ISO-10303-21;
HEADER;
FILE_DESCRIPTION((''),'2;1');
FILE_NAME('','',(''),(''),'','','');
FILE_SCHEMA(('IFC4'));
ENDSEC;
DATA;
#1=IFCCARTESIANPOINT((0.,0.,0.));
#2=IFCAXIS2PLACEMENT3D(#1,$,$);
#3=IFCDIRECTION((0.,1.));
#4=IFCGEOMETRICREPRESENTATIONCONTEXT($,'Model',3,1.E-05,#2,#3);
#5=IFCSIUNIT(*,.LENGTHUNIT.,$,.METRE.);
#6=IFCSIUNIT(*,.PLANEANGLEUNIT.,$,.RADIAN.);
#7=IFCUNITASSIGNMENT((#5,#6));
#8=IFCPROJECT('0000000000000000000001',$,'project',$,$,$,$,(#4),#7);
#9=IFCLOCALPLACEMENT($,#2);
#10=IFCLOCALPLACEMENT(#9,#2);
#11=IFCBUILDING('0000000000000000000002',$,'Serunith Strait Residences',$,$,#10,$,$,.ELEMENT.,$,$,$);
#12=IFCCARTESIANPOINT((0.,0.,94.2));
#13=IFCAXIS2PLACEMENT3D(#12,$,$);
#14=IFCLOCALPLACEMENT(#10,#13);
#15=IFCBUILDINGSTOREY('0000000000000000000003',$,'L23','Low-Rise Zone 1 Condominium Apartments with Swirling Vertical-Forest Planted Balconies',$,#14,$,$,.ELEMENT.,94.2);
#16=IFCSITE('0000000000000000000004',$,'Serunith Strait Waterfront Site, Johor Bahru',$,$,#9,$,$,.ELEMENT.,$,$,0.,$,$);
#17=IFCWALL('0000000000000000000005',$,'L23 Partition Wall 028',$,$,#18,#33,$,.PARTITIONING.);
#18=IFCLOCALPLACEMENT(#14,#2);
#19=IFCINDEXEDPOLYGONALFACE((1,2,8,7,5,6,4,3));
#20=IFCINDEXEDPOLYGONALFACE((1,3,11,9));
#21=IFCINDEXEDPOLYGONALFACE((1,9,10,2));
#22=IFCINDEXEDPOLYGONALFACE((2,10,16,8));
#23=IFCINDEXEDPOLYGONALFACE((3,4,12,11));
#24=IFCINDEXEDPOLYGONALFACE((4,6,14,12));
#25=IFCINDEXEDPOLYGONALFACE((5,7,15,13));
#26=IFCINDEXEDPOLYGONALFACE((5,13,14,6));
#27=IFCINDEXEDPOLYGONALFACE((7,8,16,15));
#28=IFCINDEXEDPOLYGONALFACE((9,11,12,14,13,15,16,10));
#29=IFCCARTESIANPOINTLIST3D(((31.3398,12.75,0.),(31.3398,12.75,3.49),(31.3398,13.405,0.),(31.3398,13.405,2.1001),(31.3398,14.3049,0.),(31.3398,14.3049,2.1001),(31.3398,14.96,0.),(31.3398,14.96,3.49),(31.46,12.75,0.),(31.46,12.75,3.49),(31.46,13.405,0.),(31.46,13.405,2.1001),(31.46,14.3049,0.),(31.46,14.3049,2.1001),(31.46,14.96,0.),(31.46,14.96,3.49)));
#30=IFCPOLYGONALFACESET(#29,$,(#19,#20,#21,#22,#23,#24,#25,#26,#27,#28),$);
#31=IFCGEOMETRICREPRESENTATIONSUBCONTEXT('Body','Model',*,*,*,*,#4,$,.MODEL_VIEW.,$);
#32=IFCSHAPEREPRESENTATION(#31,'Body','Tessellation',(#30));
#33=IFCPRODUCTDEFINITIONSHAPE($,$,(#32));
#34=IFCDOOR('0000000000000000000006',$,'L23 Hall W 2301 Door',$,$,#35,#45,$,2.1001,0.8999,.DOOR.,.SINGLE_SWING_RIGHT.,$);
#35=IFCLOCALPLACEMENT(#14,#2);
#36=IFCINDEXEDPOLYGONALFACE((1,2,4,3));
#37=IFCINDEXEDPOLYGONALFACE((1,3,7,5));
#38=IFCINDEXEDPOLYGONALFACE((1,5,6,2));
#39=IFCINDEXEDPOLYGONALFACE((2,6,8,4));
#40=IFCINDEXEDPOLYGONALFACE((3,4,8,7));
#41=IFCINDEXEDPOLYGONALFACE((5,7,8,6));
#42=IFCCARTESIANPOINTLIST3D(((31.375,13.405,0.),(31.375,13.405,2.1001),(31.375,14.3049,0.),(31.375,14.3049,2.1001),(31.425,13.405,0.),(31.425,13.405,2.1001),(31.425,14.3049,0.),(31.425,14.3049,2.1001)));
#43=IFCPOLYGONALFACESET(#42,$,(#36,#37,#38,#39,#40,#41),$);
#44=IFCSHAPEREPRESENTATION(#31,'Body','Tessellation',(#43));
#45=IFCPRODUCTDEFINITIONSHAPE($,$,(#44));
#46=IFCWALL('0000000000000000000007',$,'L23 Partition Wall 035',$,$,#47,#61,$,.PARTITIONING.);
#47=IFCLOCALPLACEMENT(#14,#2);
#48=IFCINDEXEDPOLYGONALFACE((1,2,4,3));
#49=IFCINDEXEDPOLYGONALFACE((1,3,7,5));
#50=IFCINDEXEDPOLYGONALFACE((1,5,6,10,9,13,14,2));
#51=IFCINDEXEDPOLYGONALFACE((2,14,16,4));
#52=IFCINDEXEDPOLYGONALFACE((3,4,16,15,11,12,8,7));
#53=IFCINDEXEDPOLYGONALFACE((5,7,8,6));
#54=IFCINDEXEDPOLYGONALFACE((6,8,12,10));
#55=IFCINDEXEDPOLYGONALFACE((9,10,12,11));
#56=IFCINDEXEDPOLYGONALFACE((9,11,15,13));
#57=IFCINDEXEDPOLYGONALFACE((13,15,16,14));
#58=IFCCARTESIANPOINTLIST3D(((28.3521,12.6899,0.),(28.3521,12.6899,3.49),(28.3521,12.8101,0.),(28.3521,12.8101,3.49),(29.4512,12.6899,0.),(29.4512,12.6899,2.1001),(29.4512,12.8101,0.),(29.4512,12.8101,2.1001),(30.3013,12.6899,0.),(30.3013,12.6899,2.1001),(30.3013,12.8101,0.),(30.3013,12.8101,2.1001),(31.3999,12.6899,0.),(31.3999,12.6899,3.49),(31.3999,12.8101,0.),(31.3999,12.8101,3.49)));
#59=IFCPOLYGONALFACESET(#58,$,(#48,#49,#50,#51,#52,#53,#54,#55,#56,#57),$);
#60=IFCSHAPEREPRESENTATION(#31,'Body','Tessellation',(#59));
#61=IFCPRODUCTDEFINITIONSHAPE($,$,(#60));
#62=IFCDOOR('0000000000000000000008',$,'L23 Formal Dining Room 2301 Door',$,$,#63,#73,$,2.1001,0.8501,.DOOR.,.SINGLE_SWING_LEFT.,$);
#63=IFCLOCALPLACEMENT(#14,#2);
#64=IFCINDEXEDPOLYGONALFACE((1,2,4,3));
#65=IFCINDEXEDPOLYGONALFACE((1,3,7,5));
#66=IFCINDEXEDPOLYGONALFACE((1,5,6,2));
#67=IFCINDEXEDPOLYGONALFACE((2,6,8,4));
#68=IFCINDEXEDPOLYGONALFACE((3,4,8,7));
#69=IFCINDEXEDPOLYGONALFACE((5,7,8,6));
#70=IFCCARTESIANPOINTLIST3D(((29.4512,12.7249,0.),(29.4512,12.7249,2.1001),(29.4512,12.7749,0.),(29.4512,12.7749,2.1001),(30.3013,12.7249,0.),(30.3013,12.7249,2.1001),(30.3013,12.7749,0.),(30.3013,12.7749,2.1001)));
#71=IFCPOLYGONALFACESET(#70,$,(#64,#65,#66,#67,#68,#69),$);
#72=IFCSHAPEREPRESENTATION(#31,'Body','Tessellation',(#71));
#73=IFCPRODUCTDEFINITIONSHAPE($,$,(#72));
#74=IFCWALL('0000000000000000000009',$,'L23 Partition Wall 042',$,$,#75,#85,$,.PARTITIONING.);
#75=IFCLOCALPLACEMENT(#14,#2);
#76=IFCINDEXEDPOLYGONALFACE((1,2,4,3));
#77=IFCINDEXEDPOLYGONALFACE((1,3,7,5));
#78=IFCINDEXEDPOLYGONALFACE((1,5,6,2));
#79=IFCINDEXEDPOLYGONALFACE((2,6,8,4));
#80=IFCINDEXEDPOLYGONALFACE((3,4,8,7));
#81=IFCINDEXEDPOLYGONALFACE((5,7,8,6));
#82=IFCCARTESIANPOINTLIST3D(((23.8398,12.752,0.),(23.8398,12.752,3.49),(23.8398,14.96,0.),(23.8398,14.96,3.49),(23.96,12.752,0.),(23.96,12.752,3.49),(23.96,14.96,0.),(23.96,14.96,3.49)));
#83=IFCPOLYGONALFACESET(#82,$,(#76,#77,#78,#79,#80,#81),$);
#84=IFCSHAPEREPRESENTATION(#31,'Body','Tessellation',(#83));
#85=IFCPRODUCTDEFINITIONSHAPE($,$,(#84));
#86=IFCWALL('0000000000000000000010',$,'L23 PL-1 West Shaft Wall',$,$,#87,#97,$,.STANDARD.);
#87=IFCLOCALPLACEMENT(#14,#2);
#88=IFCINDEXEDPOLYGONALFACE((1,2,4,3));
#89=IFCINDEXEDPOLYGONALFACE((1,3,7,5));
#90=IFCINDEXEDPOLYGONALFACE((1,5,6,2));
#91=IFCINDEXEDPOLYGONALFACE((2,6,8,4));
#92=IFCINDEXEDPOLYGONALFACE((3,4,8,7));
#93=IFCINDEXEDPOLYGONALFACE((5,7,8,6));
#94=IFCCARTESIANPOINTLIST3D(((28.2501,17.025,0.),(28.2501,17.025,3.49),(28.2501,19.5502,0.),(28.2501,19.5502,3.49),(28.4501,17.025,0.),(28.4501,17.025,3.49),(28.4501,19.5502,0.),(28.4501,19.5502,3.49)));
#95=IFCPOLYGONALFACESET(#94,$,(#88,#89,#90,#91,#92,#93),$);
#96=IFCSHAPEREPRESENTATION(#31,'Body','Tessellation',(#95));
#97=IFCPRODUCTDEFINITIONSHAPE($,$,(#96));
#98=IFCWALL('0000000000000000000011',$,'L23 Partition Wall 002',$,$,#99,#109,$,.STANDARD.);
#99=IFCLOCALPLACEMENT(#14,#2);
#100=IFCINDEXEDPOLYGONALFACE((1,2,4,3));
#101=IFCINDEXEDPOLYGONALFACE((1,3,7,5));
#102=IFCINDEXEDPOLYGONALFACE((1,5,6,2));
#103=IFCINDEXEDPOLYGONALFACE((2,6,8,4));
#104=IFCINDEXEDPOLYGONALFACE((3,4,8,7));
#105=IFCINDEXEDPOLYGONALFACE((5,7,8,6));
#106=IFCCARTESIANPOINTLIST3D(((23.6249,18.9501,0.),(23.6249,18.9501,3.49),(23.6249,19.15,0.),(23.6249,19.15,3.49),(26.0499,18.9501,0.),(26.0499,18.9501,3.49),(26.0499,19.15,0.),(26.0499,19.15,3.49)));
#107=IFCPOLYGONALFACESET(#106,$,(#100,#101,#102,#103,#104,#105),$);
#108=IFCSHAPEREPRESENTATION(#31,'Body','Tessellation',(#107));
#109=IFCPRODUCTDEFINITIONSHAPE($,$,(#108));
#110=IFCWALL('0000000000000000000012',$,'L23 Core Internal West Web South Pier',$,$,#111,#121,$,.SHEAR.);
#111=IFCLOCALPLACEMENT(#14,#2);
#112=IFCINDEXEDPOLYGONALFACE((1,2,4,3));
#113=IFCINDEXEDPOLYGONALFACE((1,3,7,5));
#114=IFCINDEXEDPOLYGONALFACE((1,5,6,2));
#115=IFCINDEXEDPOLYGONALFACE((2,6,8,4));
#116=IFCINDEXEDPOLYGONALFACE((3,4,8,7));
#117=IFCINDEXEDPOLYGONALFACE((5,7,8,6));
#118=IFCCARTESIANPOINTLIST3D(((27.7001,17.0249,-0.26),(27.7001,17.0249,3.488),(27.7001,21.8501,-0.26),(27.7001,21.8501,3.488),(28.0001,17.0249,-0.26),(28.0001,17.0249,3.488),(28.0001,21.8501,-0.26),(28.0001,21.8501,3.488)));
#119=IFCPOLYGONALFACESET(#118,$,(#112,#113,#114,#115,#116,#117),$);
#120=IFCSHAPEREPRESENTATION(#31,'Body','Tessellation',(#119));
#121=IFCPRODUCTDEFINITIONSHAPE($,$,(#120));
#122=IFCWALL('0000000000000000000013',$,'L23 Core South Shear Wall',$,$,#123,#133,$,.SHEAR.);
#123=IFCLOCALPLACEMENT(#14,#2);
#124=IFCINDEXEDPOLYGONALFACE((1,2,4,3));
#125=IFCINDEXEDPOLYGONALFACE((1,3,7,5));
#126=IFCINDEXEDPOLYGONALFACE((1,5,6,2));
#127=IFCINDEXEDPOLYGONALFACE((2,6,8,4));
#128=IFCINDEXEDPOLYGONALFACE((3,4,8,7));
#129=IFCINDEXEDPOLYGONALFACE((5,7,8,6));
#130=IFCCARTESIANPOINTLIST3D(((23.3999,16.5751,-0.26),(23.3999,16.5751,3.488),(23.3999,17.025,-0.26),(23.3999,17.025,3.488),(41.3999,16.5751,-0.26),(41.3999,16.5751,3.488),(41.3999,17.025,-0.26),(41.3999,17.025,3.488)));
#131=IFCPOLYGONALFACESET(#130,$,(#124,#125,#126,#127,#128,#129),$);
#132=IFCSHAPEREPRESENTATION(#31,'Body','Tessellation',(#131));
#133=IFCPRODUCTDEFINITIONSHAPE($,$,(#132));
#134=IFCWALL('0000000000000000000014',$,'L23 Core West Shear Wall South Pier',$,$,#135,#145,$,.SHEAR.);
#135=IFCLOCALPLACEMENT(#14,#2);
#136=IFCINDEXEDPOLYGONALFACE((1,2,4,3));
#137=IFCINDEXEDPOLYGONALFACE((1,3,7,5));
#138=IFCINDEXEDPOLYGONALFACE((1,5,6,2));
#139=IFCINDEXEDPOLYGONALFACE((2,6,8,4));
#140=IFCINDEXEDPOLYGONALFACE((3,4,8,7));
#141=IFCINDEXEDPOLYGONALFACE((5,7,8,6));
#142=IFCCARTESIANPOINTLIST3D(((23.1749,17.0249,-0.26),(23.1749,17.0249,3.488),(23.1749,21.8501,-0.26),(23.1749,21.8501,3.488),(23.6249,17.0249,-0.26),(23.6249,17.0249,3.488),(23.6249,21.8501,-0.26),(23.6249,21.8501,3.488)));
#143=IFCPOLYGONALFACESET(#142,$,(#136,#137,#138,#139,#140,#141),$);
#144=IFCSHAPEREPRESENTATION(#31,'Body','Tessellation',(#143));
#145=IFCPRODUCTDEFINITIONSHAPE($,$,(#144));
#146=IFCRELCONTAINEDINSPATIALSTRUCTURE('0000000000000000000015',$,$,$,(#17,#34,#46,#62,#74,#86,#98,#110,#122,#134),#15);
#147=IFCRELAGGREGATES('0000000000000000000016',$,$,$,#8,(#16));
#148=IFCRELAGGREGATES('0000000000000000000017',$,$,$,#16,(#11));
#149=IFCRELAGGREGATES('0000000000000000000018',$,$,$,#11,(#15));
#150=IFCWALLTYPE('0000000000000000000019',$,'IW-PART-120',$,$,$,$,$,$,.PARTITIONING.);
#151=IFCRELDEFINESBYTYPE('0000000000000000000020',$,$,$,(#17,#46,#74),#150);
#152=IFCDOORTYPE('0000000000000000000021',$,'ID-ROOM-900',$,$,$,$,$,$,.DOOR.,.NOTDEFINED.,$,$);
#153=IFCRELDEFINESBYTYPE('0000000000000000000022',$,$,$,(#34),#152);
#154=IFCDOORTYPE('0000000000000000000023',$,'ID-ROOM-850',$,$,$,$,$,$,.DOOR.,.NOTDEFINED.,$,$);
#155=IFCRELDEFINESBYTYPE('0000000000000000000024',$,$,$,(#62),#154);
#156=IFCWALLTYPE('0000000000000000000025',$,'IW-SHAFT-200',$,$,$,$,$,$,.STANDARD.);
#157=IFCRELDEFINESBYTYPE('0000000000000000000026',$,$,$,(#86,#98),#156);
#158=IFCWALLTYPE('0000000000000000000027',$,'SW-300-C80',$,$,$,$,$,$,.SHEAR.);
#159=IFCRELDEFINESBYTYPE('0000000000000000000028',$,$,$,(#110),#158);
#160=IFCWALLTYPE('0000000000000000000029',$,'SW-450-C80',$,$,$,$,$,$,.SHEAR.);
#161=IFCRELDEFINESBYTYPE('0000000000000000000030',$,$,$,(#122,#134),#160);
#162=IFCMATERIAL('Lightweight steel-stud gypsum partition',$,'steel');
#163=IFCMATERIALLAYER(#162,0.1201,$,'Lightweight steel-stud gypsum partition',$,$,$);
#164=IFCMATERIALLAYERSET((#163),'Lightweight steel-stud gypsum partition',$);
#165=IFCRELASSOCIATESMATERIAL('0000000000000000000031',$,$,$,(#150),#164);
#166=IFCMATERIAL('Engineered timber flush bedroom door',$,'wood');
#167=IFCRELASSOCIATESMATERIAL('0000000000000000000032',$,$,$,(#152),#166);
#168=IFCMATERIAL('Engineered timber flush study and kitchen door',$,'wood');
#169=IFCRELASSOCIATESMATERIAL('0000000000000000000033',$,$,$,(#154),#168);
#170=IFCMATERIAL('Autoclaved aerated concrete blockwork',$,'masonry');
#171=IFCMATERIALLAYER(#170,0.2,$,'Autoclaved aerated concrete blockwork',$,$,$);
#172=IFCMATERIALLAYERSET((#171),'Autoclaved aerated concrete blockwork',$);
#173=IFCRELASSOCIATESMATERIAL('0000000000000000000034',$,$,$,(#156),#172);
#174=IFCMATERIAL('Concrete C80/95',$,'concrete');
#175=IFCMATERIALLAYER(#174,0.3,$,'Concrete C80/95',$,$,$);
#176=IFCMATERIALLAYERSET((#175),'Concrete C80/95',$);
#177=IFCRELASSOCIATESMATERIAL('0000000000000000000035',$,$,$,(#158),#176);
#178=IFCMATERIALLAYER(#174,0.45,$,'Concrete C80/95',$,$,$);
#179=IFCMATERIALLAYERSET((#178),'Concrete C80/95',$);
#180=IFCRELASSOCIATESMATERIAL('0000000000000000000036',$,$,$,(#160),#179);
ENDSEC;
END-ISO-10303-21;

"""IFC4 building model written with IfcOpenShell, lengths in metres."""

from ifc_helpers import new_model, si_unit, direction, frame, frame_2d, origin, place, context, subcontext, project, spatial, rectangle, extrude, source, transform, mapped, material, layer, layer_set, type_object, element, fill, save


model = new_model("IFC4")

# Units and contexts
model_context = context("Model", 3, precision=1e-05, world=origin(), true_north=direction((0.0, 1.0)))
body_context = subcontext(model_context, "Body", "Model", "MODEL_VIEW")
ifc_project = project(units=[si_unit("LENGTHUNIT", "METRE"), si_unit("PLANEANGLEUNIT", "RADIAN")], contexts=[model_context])

# Site, building, storey
site_placement = place(None, origin())
site = spatial("IfcSite", under=ifc_project, at=site_placement, Name="Serunith Strait Waterfront Site, Johor Bahru", CompositionType="ELEMENT", RefElevation=0.0)
building_placement = place(site_placement, origin())
building = spatial("IfcBuilding", under=site, at=building_placement, Name="Serunith Strait Residences", CompositionType="ELEMENT")
storey_placement = place(building_placement, frame((0.0, 0.0, 94.2)))
storey = spatial("IfcBuildingStorey", under=building, at=storey_placement, Name="L23", Description="Low-Rise Zone 1 Condominium Apartments with Swirling Vertical-Forest Planted Balconies", CompositionType="ELEMENT", Elevation=94.2)

# Walls, openings, doors
ifc_material_1 = material(Name="Lightweight steel-stud gypsum partition", Category="steel")
ifc_layer_1 = layer(ifc_material_1, 0.1201, Name="Lightweight steel-stud gypsum partition")
ifc_layer_set_1 = layer_set([ifc_layer_1], Name="Lightweight steel-stud gypsum partition")
wall_type_1 = type_object("IfcWallType", Name="IW-PART-120", PredefinedType="PARTITIONING", material=ifc_layer_set_1)
wall_1_placement = place(storey_placement, frame((31.3999, 12.75, 0.0), z_axis=(0.0, 0.0, 1.0), x_axis=(0.0, 1.0, 0.0)))
wall_1 = element("IfcWall", 1, at=wall_1_placement, inside=storey, type_object=wall_type_1, Name="L23 Partition Wall 028", PredefinedType="PARTITIONING", context=body_context, shape_type="SweptSolid", body=[
    extrude(rectangle(XDim=2.21, YDim=0.1201, at=frame_2d((1.105, 0.0))), origin(), (0.0, 0.0, 1.0), 3.49),
])
opening_1_placement = place(wall_1_placement, frame((0.655, 0.0, 0.0)))
opening_1 = element("IfcOpeningElement", 2, at=opening_1_placement, cuts=wall_1, PredefinedType="OPENING", context=body_context, shape_type="SweptSolid", body=[
    extrude(rectangle(XDim=0.8999, YDim=2.1001, at=frame_2d((0.45, 1.05))), frame((0.0, 0.0701, 0.0), z_axis=(0.0, -1.0, 0.0), x_axis=(1.0, 0.0, 0.0)), (0.0, 0.0, 1.0), 0.1401),
])
ifc_material_2 = material(Name="Engineered timber flush bedroom door", Category="wood")
door_type_1 = type_object("IfcDoorType", Name="ID-ROOM-900", OperationType="NOTDEFINED", PredefinedType="DOOR", material=ifc_material_2)
shared_shape_1 = source(origin(), body_context, "Body", "SweptSolid", [
    extrude(rectangle(XDim=0.8999, YDim=2.1001, at=frame_2d((0.45, 1.05))), frame((0.0, 0.0249, 0.0), z_axis=(0.0, -1.0, 0.0), x_axis=(1.0, 0.0, 0.0)), (0.0, 0.0, 1.0), 0.05),
])
door_1_placement = place(opening_1_placement, origin())
door_1 = element("IfcDoor", 3, at=door_1_placement, inside=storey, type_object=door_type_1, Name="L23 Hall W 2301 Door", OperationType="SINGLE_SWING_RIGHT", OverallHeight=2.1001, OverallWidth=0.8999, PredefinedType="DOOR", context=body_context, shape_type="MappedRepresentation", body=[
    mapped(shared_shape_1, transform((0.0, 0.0, 0.0), scale=1.0)),
])
fill(opening_1, door_1)
wall_2_placement = place(storey_placement, frame((28.3521, 12.75, 0.0), z_axis=(0.0, 0.0, 1.0), x_axis=(1.0, 0.0, 0.0)))
wall_2 = element("IfcWall", 4, at=wall_2_placement, inside=storey, type_object=wall_type_1, Name="L23 Partition Wall 035", PredefinedType="PARTITIONING", context=body_context, shape_type="SweptSolid", body=[
    extrude(rectangle(XDim=3.0479, YDim=0.1201, at=frame_2d((1.5239, 0.0))), origin(), (0.0, 0.0, 1.0), 3.49),
])
opening_2_placement = place(wall_2_placement, frame((1.0991, 0.0, 0.0)))
opening_2 = element("IfcOpeningElement", 5, at=opening_2_placement, cuts=wall_2, PredefinedType="OPENING", context=body_context, shape_type="SweptSolid", body=[
    extrude(rectangle(XDim=0.8501, YDim=2.1001, at=frame_2d((0.425, 1.05))), frame((0.0, 0.0701, 0.0), z_axis=(0.0, -1.0, 0.0), x_axis=(1.0, 0.0, 0.0)), (0.0, 0.0, 1.0), 0.1401),
])
ifc_material_3 = material(Name="Engineered timber flush study and kitchen door", Category="wood")
door_type_2 = type_object("IfcDoorType", Name="ID-ROOM-850", OperationType="NOTDEFINED", PredefinedType="DOOR", material=ifc_material_3)
shared_shape_2 = source(origin(), body_context, "Body", "SweptSolid", [
    extrude(rectangle(XDim=0.8501, YDim=2.1001, at=frame_2d((0.425, 1.05))), frame((0.0, 0.0249, 0.0), z_axis=(0.0, -1.0, 0.0), x_axis=(1.0, 0.0, 0.0)), (0.0, 0.0, 1.0), 0.05),
])
door_2_placement = place(opening_2_placement, origin())
door_2 = element("IfcDoor", 6, at=door_2_placement, inside=storey, type_object=door_type_2, Name="L23 Formal Dining Room 2301 Door", OperationType="SINGLE_SWING_LEFT", OverallHeight=2.1001, OverallWidth=0.8501, PredefinedType="DOOR", context=body_context, shape_type="MappedRepresentation", body=[
    mapped(shared_shape_2, transform((0.0, 0.0, 0.0), scale=1.0)),
])
fill(opening_2, door_2)

# Walls
wall_3_placement = place(storey_placement, frame((23.8999, 12.752, 0.0), z_axis=(0.0, 0.0, 1.0), x_axis=(0.0, 1.0, 0.0)))
element("IfcWall", 7, at=wall_3_placement, inside=storey, type_object=wall_type_1, Name="L23 Partition Wall 042", PredefinedType="PARTITIONING", context=body_context, shape_type="SweptSolid", body=[
    extrude(rectangle(XDim=2.208, YDim=0.1201, at=frame_2d((1.104, 0.0))), origin(), (0.0, 0.0, 1.0), 3.49),
])
ifc_material_4 = material(Name="Autoclaved aerated concrete blockwork", Category="masonry")
ifc_layer_2 = layer(ifc_material_4, 0.2, Name="Autoclaved aerated concrete blockwork")
ifc_layer_set_2 = layer_set([ifc_layer_2], Name="Autoclaved aerated concrete blockwork")
wall_type_2 = type_object("IfcWallType", Name="IW-SHAFT-200", PredefinedType="STANDARD", material=ifc_layer_set_2)
wall_4_placement = place(storey_placement, frame((28.3501, 17.0249, 0.0), z_axis=(0.0, 0.0, 1.0), x_axis=(0.0, 1.0, 0.0)))
element("IfcWall", 8, at=wall_4_placement, inside=storey, type_object=wall_type_2, Name="L23 PL-1 West Shaft Wall", PredefinedType="STANDARD", context=body_context, shape_type="SweptSolid", body=[
    extrude(rectangle(XDim=2.5251, YDim=0.2, at=frame_2d((1.2627, 0.0))), origin(), (0.0, 0.0, 1.0), 3.49),
])
wall_5_placement = place(storey_placement, frame((23.625, 19.05, 0.0), z_axis=(0.0, 0.0, 1.0), x_axis=(1.0, 0.0, 0.0)))
element("IfcWall", 9, at=wall_5_placement, inside=storey, type_object=wall_type_2, Name="L23 Partition Wall 002", PredefinedType="STANDARD", context=body_context, shape_type="SweptSolid", body=[
    extrude(rectangle(XDim=2.425, YDim=0.2, at=frame_2d((1.2124, 0.0))), origin(), (0.0, 0.0, 1.0), 3.49),
])
ifc_material_5 = material(Name="Concrete C80/95", Category="concrete")
ifc_layer_3 = layer(ifc_material_5, 0.3, Name="Concrete C80/95")
ifc_layer_set_3 = layer_set([ifc_layer_3], Name="Concrete C80/95")
wall_type_3 = type_object("IfcWallType", Name="SW-300-C80", PredefinedType="SHEAR", material=ifc_layer_set_3)
wall_6_placement = place(storey_placement, frame((27.8501, 17.0249, -0.26), z_axis=(0.0, 0.0, 1.0), x_axis=(0.0, 1.0, 0.0)))
element("IfcWall", 10, at=wall_6_placement, inside=storey, type_object=wall_type_3, Name="L23 Core Internal West Web South Pier", PredefinedType="SHEAR", context=body_context, shape_type="SweptSolid", body=[
    extrude(rectangle(XDim=4.8252, YDim=0.3, at=frame_2d((2.4126, 0.0))), origin(), (0.0, 0.0, 1.0), 3.748),
])
ifc_layer_4 = layer(ifc_material_5, 0.45, Name="Concrete C80/95")
ifc_layer_set_4 = layer_set([ifc_layer_4], Name="Concrete C80/95")
wall_type_4 = type_object("IfcWallType", Name="SW-450-C80", PredefinedType="SHEAR", material=ifc_layer_set_4)
wall_7_placement = place(storey_placement, frame((23.3999, 16.8, -0.26), z_axis=(0.0, 0.0, 1.0), x_axis=(1.0, 0.0, 0.0)))
element("IfcWall", 11, at=wall_7_placement, inside=storey, type_object=wall_type_4, Name="L23 Core South Shear Wall", PredefinedType="SHEAR", context=body_context, shape_type="SweptSolid", body=[
    extrude(rectangle(XDim=18.0, YDim=0.45, at=frame_2d((9.0, 0.0))), origin(), (0.0, 0.0, 1.0), 3.748),
])
wall_8_placement = place(storey_placement, frame((23.3999, 17.0249, -0.26), z_axis=(0.0, 0.0, 1.0), x_axis=(0.0, 1.0, 0.0)))
element("IfcWall", 12, at=wall_8_placement, inside=storey, type_object=wall_type_4, Name="L23 Core West Shear Wall South Pier", PredefinedType="SHEAR", context=body_context, shape_type="SweptSolid", body=[
    extrude(rectangle(XDim=4.8252, YDim=0.45, at=frame_2d((2.4126, 0.0))), origin(), (0.0, 0.0, 1.0), 3.748),
])

save(model, "model.ifc")
